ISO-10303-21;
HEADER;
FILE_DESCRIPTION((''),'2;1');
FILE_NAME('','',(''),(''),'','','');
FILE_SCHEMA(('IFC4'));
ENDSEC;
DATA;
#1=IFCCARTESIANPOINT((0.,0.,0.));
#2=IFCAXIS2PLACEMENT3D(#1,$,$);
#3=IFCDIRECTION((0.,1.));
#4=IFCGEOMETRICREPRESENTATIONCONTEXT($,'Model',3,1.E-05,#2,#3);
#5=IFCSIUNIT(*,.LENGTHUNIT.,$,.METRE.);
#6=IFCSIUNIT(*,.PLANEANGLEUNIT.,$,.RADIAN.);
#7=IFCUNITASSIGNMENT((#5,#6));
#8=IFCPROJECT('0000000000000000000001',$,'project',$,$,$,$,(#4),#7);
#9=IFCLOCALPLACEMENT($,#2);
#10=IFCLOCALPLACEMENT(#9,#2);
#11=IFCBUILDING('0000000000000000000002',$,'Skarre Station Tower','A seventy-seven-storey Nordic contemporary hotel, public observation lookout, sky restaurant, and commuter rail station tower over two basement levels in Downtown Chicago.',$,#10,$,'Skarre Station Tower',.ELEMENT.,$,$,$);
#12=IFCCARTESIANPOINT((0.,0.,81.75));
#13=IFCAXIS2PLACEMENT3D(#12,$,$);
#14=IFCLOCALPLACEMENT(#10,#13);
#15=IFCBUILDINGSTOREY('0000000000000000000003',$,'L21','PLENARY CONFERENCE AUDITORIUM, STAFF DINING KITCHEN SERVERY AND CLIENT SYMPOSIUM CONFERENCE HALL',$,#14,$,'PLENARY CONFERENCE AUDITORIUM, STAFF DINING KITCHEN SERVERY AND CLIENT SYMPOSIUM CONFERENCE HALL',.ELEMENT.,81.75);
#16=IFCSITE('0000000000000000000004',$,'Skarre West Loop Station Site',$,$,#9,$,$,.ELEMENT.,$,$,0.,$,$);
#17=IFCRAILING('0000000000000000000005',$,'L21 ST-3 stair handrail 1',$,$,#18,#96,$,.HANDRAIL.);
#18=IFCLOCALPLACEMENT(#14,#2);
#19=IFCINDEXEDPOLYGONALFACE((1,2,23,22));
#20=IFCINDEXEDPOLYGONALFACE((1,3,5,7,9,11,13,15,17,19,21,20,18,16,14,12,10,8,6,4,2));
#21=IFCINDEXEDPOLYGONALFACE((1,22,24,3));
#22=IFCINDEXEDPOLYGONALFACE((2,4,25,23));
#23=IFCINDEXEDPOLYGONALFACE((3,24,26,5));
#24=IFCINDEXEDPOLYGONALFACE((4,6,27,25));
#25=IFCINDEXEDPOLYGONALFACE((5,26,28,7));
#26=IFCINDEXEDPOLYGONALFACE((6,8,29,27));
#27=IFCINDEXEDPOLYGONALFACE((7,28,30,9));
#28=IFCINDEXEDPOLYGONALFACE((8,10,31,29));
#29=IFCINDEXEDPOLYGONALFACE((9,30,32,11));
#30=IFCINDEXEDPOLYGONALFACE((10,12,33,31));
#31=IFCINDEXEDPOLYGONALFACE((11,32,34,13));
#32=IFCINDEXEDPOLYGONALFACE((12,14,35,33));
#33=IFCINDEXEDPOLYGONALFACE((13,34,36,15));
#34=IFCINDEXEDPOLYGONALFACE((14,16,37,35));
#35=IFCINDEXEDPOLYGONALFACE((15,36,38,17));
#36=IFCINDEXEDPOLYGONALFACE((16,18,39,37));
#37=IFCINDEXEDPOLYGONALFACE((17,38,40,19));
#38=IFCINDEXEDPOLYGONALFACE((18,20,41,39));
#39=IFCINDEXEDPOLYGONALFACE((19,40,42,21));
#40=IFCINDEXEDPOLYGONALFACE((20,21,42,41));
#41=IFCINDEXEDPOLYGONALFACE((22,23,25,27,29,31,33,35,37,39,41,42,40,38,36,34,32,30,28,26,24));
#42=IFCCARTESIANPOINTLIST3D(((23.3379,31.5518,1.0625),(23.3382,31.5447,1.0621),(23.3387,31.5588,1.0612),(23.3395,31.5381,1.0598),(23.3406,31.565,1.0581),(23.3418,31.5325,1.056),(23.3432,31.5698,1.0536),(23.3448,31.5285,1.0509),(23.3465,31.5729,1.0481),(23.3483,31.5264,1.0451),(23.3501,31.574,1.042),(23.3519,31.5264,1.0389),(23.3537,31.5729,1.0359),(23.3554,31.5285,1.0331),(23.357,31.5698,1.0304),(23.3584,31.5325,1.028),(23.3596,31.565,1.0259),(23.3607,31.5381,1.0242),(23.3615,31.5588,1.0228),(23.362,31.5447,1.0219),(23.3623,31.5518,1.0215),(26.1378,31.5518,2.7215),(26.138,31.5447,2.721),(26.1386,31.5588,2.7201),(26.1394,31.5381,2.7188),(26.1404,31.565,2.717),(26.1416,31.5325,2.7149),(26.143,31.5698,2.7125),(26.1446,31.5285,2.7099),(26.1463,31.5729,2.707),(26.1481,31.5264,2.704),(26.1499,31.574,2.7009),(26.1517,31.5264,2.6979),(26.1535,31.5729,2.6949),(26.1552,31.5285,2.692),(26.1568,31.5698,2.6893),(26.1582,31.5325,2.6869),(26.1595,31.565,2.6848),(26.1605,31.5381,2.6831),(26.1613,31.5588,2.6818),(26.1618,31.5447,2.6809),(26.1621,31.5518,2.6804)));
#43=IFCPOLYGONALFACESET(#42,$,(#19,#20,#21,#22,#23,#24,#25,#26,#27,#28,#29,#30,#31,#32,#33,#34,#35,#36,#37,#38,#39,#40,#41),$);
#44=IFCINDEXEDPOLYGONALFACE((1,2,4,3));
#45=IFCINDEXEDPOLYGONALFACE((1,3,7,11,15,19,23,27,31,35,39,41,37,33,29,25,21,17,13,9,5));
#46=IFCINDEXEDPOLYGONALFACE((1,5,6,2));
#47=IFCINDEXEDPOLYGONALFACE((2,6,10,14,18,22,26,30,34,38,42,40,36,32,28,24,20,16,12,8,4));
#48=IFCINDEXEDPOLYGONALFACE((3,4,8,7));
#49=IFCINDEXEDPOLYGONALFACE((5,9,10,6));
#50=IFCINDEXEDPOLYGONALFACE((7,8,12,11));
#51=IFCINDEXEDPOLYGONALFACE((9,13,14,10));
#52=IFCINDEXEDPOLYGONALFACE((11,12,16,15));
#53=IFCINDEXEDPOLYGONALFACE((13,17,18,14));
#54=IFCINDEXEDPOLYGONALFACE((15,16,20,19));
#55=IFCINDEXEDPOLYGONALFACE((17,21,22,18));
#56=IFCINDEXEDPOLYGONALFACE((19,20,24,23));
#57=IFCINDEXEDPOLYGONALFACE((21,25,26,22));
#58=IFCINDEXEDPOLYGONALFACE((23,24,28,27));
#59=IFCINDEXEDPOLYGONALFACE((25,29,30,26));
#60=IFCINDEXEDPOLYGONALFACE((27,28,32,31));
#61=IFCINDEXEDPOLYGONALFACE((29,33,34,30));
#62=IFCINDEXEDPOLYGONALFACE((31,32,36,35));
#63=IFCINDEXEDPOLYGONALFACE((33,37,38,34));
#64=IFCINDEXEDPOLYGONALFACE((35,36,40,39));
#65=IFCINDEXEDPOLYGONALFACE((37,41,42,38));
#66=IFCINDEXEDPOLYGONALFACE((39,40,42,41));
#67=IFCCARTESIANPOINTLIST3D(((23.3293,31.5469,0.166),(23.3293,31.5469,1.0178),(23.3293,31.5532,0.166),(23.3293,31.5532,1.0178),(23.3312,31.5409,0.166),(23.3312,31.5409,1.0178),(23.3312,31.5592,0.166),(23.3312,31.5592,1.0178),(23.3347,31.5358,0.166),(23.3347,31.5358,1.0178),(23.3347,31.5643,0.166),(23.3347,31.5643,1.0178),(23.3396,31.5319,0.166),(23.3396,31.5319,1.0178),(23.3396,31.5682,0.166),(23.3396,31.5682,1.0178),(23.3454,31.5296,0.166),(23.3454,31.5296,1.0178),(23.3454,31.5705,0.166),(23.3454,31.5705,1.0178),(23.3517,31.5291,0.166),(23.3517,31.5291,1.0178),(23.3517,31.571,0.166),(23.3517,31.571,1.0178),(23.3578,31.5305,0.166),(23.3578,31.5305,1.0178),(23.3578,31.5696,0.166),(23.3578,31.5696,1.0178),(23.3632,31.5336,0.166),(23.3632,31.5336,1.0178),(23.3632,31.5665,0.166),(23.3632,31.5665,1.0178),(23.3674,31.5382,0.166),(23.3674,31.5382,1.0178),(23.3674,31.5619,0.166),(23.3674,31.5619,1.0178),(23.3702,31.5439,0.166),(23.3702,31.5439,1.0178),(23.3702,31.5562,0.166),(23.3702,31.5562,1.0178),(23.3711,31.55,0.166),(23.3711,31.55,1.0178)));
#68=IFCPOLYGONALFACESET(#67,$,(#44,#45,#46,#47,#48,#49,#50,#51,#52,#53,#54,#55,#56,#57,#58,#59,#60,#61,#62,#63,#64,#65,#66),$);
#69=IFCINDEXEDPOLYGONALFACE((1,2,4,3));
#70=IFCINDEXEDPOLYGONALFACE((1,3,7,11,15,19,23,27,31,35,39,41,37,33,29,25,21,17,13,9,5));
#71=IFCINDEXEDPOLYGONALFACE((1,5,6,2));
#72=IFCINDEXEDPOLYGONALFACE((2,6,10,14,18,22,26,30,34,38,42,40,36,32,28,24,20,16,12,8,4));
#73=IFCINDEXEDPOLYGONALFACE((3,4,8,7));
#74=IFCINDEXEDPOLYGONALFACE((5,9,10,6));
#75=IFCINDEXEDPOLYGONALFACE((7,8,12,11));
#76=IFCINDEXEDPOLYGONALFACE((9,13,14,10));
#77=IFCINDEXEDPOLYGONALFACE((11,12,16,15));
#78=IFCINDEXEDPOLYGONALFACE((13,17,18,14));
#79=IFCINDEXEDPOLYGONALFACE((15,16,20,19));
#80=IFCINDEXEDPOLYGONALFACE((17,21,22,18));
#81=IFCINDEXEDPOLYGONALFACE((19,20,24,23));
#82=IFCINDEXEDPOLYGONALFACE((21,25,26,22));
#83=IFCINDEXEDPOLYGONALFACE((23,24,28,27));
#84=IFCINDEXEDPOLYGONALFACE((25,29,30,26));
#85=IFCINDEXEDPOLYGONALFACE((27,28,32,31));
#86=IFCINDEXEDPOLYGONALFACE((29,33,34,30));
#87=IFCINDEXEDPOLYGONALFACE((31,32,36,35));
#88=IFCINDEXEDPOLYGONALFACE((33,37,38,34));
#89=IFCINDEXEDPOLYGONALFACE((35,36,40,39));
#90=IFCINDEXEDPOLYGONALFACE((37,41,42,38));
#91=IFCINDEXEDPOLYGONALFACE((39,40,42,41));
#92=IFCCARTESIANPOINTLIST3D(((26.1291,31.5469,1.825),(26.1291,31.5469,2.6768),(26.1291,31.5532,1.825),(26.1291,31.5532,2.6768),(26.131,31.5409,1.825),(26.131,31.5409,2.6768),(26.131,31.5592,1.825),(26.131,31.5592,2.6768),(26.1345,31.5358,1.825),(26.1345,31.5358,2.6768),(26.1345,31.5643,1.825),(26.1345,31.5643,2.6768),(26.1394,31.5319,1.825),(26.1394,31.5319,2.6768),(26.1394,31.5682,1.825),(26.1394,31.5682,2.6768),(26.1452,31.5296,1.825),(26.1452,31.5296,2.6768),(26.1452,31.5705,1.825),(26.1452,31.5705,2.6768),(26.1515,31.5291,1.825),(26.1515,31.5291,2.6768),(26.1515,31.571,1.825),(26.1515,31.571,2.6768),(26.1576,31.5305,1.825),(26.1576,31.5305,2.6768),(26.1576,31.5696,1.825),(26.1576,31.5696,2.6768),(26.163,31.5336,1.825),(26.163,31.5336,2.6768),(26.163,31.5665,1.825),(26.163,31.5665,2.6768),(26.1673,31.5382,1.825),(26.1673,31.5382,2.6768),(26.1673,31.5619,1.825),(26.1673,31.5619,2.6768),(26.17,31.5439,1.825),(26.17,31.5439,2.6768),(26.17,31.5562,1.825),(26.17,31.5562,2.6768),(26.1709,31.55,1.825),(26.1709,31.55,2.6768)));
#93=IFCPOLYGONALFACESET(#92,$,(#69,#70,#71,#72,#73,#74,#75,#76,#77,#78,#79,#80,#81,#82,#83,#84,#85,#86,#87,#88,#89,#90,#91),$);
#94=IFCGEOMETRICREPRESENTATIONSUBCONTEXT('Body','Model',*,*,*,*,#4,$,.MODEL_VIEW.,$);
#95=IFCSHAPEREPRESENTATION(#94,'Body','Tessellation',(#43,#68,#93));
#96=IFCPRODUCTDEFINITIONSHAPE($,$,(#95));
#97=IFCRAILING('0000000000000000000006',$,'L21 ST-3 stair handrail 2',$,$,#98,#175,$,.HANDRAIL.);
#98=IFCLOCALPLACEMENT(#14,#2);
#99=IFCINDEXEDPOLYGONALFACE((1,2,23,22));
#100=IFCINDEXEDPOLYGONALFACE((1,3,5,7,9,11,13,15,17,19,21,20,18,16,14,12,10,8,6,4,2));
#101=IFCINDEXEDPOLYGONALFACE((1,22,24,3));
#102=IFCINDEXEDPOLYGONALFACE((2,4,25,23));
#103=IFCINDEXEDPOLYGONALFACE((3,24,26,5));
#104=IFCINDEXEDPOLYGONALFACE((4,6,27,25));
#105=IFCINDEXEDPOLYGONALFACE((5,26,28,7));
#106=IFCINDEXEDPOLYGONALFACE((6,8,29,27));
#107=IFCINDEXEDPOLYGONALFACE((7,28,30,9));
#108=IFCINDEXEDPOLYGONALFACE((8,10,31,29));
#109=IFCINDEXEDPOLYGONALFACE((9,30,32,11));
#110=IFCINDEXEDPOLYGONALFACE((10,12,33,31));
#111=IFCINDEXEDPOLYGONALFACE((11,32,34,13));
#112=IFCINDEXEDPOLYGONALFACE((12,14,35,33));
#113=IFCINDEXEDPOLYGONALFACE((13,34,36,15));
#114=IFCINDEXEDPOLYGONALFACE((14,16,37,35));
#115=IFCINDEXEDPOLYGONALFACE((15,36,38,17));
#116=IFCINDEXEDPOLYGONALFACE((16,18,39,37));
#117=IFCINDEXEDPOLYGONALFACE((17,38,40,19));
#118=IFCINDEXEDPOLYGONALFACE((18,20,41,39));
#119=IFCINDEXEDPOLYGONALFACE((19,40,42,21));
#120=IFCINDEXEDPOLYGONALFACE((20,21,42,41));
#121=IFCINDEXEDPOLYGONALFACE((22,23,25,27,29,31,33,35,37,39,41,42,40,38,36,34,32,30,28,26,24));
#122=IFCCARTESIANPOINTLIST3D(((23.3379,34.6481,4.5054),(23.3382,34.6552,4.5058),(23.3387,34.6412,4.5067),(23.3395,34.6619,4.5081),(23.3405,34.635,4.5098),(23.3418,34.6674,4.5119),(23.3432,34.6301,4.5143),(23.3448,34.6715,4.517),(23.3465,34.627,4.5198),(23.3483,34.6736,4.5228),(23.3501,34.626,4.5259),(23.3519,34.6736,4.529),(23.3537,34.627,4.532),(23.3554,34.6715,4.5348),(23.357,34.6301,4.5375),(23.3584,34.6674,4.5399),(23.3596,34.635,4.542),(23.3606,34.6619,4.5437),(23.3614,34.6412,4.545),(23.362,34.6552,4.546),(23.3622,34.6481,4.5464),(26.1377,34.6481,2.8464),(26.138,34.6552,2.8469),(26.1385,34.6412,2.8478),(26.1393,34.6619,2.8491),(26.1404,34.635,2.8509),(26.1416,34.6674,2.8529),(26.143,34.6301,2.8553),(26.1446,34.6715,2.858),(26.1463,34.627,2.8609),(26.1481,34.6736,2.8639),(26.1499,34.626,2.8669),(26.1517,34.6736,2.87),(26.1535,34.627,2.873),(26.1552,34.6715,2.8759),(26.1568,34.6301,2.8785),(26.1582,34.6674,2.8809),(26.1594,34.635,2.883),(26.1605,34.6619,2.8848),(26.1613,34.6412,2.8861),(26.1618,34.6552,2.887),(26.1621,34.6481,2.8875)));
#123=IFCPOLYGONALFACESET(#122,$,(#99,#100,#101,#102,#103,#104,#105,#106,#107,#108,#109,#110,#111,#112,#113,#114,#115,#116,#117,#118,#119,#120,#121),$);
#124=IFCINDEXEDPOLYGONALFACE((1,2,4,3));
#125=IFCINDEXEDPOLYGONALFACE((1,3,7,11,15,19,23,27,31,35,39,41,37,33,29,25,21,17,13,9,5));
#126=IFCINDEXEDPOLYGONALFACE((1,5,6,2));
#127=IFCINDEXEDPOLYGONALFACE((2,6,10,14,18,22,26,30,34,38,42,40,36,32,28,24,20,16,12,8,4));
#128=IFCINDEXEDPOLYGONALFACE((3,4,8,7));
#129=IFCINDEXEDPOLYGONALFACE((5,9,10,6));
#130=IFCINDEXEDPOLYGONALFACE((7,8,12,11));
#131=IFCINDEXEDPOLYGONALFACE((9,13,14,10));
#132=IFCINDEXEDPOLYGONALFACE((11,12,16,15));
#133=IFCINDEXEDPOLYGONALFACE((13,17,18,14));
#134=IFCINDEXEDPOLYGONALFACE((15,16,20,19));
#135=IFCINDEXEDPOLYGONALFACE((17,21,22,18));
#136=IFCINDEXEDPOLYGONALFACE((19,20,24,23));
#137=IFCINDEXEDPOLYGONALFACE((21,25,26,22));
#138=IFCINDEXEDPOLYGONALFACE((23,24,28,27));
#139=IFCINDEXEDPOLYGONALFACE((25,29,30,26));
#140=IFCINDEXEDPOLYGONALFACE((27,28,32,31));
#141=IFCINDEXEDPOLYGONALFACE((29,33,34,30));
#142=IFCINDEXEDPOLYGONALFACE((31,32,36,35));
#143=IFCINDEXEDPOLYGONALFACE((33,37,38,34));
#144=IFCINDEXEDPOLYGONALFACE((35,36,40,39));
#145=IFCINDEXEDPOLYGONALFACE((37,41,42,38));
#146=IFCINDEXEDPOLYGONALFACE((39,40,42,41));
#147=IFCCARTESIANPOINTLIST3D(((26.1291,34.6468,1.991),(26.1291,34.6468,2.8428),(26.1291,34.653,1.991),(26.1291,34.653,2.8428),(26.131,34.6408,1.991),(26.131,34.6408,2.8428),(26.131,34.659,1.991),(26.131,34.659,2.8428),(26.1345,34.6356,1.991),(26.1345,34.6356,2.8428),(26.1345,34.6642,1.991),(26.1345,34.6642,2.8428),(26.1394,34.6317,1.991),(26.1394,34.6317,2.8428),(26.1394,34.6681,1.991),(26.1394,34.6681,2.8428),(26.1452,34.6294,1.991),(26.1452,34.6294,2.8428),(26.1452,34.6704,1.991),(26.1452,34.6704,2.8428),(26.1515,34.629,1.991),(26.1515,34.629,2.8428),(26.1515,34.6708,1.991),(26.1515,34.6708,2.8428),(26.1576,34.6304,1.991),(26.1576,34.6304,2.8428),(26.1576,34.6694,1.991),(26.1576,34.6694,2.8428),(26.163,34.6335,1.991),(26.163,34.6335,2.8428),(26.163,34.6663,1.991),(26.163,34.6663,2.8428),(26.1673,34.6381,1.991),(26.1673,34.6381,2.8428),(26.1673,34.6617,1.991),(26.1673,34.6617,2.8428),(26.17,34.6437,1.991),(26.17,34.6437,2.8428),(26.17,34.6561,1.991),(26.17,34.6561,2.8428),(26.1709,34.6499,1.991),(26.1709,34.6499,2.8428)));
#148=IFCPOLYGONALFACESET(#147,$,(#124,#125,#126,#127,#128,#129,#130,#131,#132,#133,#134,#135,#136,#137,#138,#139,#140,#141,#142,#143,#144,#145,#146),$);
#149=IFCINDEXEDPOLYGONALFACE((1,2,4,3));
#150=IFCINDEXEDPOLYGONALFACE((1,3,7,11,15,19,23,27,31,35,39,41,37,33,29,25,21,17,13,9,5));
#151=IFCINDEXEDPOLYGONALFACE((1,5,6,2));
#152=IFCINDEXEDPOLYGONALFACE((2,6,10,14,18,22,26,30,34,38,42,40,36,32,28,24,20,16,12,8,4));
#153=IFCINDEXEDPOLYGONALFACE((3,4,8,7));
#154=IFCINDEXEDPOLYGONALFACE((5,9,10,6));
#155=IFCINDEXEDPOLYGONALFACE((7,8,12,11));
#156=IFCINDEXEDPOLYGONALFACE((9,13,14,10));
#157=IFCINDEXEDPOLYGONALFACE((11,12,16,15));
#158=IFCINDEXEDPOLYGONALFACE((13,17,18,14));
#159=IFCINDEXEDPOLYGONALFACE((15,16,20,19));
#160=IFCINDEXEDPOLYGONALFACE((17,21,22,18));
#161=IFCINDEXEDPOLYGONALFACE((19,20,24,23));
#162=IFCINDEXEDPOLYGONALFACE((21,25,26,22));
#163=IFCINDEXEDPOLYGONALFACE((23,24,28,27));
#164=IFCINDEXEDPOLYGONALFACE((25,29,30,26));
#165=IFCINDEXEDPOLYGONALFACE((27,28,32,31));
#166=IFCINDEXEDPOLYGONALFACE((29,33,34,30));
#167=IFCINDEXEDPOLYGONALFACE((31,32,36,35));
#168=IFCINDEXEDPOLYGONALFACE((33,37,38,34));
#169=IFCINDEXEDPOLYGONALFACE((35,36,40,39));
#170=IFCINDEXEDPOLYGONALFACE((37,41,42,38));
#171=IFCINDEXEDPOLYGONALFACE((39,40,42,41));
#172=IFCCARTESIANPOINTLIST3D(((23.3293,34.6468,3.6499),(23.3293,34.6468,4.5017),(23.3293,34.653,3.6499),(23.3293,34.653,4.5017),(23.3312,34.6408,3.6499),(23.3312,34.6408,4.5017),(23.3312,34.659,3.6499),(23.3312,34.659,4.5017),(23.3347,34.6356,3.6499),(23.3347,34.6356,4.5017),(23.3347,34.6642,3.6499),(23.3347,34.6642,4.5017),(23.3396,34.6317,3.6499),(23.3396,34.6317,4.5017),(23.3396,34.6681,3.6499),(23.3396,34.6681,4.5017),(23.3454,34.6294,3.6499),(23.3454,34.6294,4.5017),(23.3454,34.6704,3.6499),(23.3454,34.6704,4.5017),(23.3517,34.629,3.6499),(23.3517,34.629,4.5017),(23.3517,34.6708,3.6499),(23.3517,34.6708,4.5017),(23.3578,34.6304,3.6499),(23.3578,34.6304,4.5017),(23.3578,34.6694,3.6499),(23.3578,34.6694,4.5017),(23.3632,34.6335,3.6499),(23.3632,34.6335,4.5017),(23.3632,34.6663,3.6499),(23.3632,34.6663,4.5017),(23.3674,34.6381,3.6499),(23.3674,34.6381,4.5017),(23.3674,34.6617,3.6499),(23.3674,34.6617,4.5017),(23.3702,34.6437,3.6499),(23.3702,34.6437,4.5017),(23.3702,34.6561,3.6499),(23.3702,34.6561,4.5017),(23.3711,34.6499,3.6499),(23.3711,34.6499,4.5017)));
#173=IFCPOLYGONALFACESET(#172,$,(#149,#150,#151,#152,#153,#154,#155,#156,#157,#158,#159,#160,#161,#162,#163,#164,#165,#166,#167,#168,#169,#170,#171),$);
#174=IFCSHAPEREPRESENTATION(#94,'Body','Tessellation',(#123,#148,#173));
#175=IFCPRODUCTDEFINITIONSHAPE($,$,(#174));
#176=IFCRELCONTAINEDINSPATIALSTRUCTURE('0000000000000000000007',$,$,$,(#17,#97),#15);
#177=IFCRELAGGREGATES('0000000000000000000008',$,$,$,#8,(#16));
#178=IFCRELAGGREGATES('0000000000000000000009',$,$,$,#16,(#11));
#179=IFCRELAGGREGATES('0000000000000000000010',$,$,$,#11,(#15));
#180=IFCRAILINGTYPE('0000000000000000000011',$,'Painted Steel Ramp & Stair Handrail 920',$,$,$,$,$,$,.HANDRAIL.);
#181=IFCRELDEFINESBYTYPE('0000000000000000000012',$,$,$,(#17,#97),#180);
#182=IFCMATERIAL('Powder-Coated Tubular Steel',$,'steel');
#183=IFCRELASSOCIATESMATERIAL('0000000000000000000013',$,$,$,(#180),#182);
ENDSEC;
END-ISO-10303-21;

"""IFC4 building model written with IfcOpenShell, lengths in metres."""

from ifc_helpers import new_model, si_unit, direction, frame, origin, origin_2d, place, context, subcontext, project, spatial, circle, extrude, material, type_object, element, save


model = new_model("IFC4")

# Units and contexts
model_context = context("Model", 3, precision=1e-05, world=origin(), true_north=direction((0.0, 1.0)))
body_context = subcontext(model_context, "Body", "Model", "MODEL_VIEW")
ifc_project = project(units=[si_unit("LENGTHUNIT", "METRE"), si_unit("PLANEANGLEUNIT", "RADIAN")], contexts=[model_context])

# Site, building, storey
site_placement = place(None, origin())
site = spatial("IfcSite", under=ifc_project, at=site_placement, Name="Skarre West Loop Station Site", CompositionType="ELEMENT", RefElevation=0.0)
building_placement = place(site_placement, origin())
building = spatial("IfcBuilding", under=site, at=building_placement, Name="Skarre Station Tower", Description="A seventy-seven-storey Nordic contemporary hotel, public observation lookout, sky restaurant, and commuter rail station tower over two basement levels in Downtown Chicago.", LongName="Skarre Station Tower", CompositionType="ELEMENT")
storey_placement = place(building_placement, frame((0.0, 0.0, 81.75)))
storey = spatial("IfcBuildingStorey", under=building, at=storey_placement, Name="L21", Description="PLENARY CONFERENCE AUDITORIUM, STAFF DINING KITCHEN SERVERY AND CLIENT SYMPOSIUM CONFERENCE HALL", LongName="PLENARY CONFERENCE AUDITORIUM, STAFF DINING KITCHEN SERVERY AND CLIENT SYMPOSIUM CONFERENCE HALL", CompositionType="ELEMENT", Elevation=81.75)

# Railings
ifc_material_1 = material(Name="Powder-Coated Tubular Steel", Category="steel")
railing_type_1 = type_object("IfcRailingType", Name="Painted Steel Ramp & Stair Handrail 920", PredefinedType="HANDRAIL", material=ifc_material_1)
railing_1_placement = place(storey_placement, frame((23.3501, 31.55, 0.166)))
element("IfcRailing", 1, at=railing_1_placement, inside=storey, type_object=railing_type_1, Name="L21 ST-3 stair handrail 1", PredefinedType="HANDRAIL", context=body_context, shape_type="SweptSolid", body=[
    extrude(circle(Radius=0.0239, at=origin_2d()), frame((0.0, 0.0, 0.876), z_axis=(0.86032, 0.0, 0.509755), x_axis=(0.0, 1.0, 0.0)), (0.0, 0.0, 1.0), 3.2544),
    extrude(circle(Radius=0.021, at=origin_2d()), origin(), (0.0, 0.0, 1.0), 0.8518),
    extrude(circle(Radius=0.021, at=origin_2d()), frame((2.7998, 0.0, 1.6589)), (0.0, 0.0, 1.0), 0.8518),
])
railing_2_placement = place(storey_placement, frame((26.1499, 34.6499, 1.991)))
element("IfcRailing", 2, at=railing_2_placement, inside=storey, type_object=railing_type_1, Name="L21 ST-3 stair handrail 2", PredefinedType="HANDRAIL", context=body_context, shape_type="SweptSolid", body=[
    extrude(circle(Radius=0.0239, at=origin_2d()), frame((0.0, 0.0, 0.876), z_axis=(-0.86032, 0.0, 0.509755), x_axis=(0.0, -1.0, 0.0)), (0.0, 0.0, 1.0), 3.2544),
    extrude(circle(Radius=0.021, at=origin_2d()), origin(), (0.0, 0.0, 1.0), 0.8518),
    extrude(circle(Radius=0.021, at=origin_2d()), frame((-2.7998, 0.0, 1.6589)), (0.0, 0.0, 1.0), 0.8518),
])

save(model, "model.ifc")
